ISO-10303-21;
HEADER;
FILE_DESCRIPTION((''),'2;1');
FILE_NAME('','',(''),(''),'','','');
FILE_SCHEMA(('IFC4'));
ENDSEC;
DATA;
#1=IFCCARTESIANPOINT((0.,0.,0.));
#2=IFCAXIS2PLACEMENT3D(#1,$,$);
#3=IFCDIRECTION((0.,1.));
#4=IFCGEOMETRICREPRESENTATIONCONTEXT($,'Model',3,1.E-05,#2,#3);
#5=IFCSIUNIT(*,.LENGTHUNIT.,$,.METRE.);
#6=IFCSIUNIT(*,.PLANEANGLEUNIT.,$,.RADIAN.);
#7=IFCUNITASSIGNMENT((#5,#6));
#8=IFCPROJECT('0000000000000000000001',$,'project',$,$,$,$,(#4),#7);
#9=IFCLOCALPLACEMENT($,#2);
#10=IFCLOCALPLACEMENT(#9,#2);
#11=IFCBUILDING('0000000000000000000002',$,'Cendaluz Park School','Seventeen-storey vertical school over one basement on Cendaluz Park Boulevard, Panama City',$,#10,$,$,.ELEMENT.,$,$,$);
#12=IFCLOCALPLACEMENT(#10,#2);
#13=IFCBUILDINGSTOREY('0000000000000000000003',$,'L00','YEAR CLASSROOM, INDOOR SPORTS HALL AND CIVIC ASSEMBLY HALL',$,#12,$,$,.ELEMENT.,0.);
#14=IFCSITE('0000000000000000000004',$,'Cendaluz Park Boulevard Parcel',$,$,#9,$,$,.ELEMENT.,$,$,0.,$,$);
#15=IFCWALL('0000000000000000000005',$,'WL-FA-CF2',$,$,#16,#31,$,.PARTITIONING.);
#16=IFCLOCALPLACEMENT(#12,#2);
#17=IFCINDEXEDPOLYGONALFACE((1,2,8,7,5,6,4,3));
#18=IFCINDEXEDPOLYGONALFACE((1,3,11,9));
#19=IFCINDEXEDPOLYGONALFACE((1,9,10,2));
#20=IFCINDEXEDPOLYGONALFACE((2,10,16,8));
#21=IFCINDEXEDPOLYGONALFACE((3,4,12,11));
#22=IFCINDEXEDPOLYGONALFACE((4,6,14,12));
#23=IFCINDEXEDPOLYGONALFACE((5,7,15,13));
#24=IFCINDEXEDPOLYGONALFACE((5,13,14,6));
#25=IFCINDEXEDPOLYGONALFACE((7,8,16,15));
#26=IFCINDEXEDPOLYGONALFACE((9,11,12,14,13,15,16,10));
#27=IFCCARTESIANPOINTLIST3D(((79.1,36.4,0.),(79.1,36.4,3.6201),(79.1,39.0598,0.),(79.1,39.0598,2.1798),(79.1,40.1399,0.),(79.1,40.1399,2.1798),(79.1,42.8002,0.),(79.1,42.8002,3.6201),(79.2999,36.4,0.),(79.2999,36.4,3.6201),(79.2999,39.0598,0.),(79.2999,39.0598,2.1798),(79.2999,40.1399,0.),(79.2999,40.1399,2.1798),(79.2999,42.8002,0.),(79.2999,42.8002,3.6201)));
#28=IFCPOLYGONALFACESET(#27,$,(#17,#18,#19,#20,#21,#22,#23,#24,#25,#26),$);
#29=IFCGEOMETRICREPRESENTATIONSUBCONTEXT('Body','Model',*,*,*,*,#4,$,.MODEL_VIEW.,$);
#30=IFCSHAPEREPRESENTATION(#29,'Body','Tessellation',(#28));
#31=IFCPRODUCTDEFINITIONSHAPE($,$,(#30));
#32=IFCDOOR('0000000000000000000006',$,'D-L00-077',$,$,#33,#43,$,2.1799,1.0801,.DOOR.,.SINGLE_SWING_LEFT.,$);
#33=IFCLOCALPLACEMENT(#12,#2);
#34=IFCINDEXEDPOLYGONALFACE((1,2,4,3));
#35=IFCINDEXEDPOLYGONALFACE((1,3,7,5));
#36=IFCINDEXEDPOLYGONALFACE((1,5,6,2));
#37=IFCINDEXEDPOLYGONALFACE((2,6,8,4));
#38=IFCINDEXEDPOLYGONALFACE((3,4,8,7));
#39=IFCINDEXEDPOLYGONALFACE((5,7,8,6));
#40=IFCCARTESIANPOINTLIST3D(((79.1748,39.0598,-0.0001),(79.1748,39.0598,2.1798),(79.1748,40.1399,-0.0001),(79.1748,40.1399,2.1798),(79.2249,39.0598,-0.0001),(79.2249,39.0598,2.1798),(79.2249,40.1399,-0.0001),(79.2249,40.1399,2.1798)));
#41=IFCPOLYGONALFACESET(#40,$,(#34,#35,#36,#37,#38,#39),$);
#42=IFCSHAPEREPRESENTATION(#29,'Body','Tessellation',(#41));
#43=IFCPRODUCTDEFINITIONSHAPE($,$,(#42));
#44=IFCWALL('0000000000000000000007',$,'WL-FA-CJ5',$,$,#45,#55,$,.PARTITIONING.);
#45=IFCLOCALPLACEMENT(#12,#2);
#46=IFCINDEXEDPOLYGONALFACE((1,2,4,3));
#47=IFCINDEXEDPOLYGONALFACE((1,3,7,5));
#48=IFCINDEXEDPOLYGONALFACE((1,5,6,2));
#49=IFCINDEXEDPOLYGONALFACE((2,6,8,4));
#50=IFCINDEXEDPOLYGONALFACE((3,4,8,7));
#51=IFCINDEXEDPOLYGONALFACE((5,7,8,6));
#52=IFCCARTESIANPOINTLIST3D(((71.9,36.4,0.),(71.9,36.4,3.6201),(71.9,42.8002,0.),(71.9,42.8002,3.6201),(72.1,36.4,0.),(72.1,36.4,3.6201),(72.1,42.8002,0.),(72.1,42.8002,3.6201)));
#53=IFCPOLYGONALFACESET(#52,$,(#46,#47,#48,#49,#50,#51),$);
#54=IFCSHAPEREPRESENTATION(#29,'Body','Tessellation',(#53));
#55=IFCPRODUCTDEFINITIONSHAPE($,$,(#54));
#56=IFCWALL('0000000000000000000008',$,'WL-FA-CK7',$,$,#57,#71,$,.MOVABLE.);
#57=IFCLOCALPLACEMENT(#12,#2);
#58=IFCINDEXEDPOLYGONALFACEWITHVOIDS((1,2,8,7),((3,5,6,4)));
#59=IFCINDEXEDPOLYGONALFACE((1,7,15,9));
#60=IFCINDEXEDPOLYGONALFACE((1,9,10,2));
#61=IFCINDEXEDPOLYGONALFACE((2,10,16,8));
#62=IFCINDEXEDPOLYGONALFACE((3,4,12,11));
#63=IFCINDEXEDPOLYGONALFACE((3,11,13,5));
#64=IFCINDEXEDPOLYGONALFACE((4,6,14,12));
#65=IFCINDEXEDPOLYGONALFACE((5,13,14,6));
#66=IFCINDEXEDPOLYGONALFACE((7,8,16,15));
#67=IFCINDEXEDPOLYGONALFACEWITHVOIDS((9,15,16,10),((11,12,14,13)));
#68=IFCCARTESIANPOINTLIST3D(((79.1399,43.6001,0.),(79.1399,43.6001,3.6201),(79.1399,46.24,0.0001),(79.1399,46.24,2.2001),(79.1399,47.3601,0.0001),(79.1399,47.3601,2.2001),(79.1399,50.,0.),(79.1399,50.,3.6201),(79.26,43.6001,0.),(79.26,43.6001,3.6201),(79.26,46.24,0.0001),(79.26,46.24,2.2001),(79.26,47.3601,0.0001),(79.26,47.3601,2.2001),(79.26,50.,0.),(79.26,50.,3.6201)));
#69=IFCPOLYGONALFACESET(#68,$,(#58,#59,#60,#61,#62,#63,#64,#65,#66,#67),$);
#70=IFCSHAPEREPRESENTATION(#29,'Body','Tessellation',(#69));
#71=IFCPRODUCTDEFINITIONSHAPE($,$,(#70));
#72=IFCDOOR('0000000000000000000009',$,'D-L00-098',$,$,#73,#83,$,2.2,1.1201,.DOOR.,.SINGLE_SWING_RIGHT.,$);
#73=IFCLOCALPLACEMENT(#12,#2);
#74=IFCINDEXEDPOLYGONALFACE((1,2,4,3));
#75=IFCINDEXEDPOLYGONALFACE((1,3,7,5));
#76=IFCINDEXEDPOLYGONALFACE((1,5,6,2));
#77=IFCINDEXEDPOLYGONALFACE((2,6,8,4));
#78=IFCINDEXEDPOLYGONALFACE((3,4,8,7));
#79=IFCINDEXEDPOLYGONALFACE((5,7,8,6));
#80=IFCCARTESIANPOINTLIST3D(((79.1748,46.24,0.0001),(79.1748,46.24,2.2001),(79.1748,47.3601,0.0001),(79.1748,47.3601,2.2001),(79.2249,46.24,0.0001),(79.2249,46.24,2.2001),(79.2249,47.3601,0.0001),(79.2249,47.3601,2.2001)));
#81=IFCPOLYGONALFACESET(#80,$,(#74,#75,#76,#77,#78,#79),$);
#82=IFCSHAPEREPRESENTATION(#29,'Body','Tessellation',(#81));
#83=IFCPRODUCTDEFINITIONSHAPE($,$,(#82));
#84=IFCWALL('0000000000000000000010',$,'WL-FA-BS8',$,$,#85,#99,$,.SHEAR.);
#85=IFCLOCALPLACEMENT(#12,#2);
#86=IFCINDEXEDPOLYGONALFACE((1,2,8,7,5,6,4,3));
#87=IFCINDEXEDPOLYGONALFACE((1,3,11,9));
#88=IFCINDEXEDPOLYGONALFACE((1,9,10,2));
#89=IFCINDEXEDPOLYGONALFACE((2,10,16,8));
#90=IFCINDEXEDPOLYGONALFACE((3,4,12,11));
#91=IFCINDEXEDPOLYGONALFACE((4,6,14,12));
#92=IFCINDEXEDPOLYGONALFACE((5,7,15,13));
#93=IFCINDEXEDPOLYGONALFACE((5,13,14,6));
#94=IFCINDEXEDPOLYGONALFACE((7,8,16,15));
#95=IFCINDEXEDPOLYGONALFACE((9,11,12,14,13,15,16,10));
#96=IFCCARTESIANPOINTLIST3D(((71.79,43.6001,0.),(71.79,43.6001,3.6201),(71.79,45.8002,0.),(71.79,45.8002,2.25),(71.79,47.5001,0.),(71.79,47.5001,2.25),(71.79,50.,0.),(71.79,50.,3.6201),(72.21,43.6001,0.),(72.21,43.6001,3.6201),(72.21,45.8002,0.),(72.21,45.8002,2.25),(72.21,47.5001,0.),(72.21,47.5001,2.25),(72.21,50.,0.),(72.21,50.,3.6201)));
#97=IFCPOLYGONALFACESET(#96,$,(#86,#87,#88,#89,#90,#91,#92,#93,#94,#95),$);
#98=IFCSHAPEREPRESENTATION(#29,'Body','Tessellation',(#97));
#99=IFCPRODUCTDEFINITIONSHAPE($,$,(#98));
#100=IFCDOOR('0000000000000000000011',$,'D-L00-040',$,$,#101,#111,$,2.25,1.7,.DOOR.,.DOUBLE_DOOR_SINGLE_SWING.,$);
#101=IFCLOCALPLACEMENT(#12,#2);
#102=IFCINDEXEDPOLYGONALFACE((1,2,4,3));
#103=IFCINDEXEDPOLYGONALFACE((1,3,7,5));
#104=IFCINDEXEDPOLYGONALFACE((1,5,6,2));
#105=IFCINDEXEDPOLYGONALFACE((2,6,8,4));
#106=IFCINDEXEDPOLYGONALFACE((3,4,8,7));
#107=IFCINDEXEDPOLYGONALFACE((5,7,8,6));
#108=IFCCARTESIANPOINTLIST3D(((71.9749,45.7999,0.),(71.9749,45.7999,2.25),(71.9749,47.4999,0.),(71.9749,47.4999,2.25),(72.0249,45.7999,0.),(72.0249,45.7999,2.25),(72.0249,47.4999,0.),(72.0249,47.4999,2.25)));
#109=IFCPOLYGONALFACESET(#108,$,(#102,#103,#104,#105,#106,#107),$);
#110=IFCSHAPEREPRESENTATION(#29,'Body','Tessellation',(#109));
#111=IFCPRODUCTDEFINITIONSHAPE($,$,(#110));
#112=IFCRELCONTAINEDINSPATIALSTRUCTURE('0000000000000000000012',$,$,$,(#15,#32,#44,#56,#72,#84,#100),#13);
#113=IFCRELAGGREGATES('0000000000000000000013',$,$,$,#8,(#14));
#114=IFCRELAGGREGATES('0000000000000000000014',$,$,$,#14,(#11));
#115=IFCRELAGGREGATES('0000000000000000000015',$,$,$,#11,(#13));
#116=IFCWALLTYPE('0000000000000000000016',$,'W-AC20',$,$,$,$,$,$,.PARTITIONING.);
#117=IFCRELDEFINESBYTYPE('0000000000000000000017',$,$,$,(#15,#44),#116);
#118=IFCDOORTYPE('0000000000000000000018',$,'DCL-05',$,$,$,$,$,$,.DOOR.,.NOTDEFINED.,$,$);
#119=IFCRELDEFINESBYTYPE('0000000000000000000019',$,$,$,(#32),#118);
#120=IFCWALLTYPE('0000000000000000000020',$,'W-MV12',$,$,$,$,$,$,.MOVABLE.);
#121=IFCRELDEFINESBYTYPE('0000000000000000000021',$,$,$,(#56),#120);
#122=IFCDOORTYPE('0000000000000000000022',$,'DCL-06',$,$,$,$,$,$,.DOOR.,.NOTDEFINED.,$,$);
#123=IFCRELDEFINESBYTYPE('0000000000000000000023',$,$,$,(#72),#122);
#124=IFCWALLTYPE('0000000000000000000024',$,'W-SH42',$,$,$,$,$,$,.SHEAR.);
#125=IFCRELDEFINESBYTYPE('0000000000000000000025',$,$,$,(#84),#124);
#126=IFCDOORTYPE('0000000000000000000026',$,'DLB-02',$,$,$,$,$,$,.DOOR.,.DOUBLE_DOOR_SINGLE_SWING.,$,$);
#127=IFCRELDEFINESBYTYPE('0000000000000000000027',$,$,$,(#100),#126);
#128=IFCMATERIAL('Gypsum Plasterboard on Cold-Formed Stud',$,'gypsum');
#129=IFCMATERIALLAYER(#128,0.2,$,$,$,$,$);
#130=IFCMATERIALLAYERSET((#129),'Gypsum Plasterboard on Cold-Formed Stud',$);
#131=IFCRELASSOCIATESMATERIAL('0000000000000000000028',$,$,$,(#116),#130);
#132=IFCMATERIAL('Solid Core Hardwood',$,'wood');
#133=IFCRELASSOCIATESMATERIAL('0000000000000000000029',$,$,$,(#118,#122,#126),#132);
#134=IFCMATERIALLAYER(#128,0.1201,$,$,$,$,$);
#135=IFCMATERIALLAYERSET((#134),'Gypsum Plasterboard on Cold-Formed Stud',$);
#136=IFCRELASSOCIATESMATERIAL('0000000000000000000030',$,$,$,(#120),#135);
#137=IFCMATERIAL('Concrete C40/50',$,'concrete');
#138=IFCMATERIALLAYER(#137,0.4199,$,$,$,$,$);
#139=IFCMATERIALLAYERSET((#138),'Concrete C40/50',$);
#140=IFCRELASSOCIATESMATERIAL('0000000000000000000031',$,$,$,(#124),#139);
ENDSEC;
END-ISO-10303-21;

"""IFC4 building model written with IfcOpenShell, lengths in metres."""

from ifc_helpers import new_model, si_unit, direction, frame, frame_2d, origin, place, context, subcontext, project, spatial, rectangle, extrude, material, layer, layer_set, type_object, element, fill, save


model = new_model("IFC4")

# Units and contexts
model_context = context("Model", 3, precision=1e-05, world=origin(), true_north=direction((0.0, 1.0)))
body_context = subcontext(model_context, "Body", "Model", "MODEL_VIEW")
ifc_project = project(units=[si_unit("LENGTHUNIT", "METRE"), si_unit("PLANEANGLEUNIT", "RADIAN")], contexts=[model_context])

# Site, building, storey
site_placement = place(None, origin())
site = spatial("IfcSite", under=ifc_project, at=site_placement, Name="Cendaluz Park Boulevard Parcel", CompositionType="ELEMENT", RefElevation=0.0)
building_placement = place(site_placement, origin())
building = spatial("IfcBuilding", under=site, at=building_placement, Name="Cendaluz Park School", Description="Seventeen-storey vertical school over one basement on Cendaluz Park Boulevard, Panama City", CompositionType="ELEMENT")
storey_placement = place(building_placement, origin())
storey = spatial("IfcBuildingStorey", under=building, at=storey_placement, Name="L00", Description="YEAR CLASSROOM, INDOOR SPORTS HALL AND CIVIC ASSEMBLY HALL", CompositionType="ELEMENT", Elevation=0.0)

# Shared definitions
ifc_material_1 = material(Name="Concrete C40/50", Category="concrete")

# Shared definitions
ifc_material_2 = material(Name="Gypsum Plasterboard on Cold-Formed Stud", Category="gypsum")
ifc_layer_1 = layer(ifc_material_2, 0.2)
ifc_layer_set_1 = layer_set([ifc_layer_1], Name="Gypsum Plasterboard on Cold-Formed Stud")
wall_type_1 = type_object("IfcWallType", Name="W-AC20", PredefinedType="PARTITIONING", material=ifc_layer_set_1)

# Wall, opening, door
wall_1_placement = place(storey_placement, frame((79.2, 36.3999, 0.0), z_axis=(0.0, 0.0, 1.0), x_axis=(0.0, 1.0, 0.0)))
wall_1 = element("IfcWall", 1, at=wall_1_placement, inside=storey, type_object=wall_type_1, Name="WL-FA-CF2", PredefinedType="PARTITIONING", context=body_context, shape_type="SweptSolid", body=[
    extrude(rectangle(XDim=6.4001, YDim=0.2, at=frame_2d((3.2002, 0.0))), origin(), (0.0, 0.0, 1.0), 3.6201),
])
opening_1_placement = place(wall_1_placement, frame((2.6599, 0.0, 0.0)))
opening_1 = element("IfcOpeningElement", 2, at=opening_1_placement, cuts=wall_1, PredefinedType="OPENING", context=body_context, shape_type="SweptSolid", body=[
    extrude(rectangle(XDim=1.0801, YDim=2.1799, at=frame_2d((0.54, 1.0898))), frame((0.0, 0.1121, 0.0), z_axis=(0.0, -1.0, 0.0), x_axis=(1.0, 0.0, 0.0)), (0.0, 0.0, 1.0), 0.2239),
])
ifc_material_3 = material(Name="Solid Core Hardwood", Category="wood")
door_type_1 = type_object("IfcDoorType", Name="DCL-05", OperationType="NOTDEFINED", PredefinedType="DOOR", material=ifc_material_3)
door_1_placement = place(opening_1_placement, frame((1.0801, 0.0, 0.0), z_axis=(0.0, 0.0, 1.0), x_axis=(-1.0, 0.0, 0.0)))
door_1 = element("IfcDoor", 3, at=door_1_placement, inside=storey, type_object=door_type_1, Name="D-L00-077", OperationType="SINGLE_SWING_LEFT", OverallHeight=2.1799, OverallWidth=1.0801, PredefinedType="DOOR", context=body_context, shape_type="SweptSolid", body=[
    extrude(rectangle(XDim=1.0801, YDim=2.1799, at=frame_2d((0.54, 1.0898))), frame((0.0, 0.0249, 0.0), z_axis=(0.0, -1.0, 0.0), x_axis=(1.0, 0.0, 0.0)), (0.0, 0.0, 1.0), 0.05),
])
fill(opening_1, door_1)

# Wall
wall_2_placement = place(storey_placement, frame((72.0, 36.3999, 0.0), z_axis=(0.0, 0.0, 1.0), x_axis=(0.0, 1.0, 0.0)))
element("IfcWall", 4, at=wall_2_placement, inside=storey, type_object=wall_type_1, Name="WL-FA-CJ5", PredefinedType="PARTITIONING", context=body_context, shape_type="SweptSolid", body=[
    extrude(rectangle(XDim=6.4001, YDim=0.2, at=frame_2d((3.2002, 0.0))), origin(), (0.0, 0.0, 1.0), 3.6201),
])

# Walls, openings, doors
ifc_layer_2 = layer(ifc_material_2, 0.1201)
ifc_layer_set_2 = layer_set([ifc_layer_2], Name="Gypsum Plasterboard on Cold-Formed Stud")
wall_type_2 = type_object("IfcWallType", Name="W-MV12", PredefinedType="MOVABLE", material=ifc_layer_set_2)
wall_3_placement = place(storey_placement, frame((79.2, 43.6001, 0.0), z_axis=(0.0, 0.0, 1.0), x_axis=(0.0, 1.0, 0.0)))
wall_3 = element("IfcWall", 5, at=wall_3_placement, inside=storey, type_object=wall_type_2, Name="WL-FA-CK7", PredefinedType="MOVABLE", context=body_context, shape_type="SweptSolid", body=[
    extrude(rectangle(XDim=6.3999, YDim=0.1201, at=frame_2d((3.2, 0.0))), origin(), (0.0, 0.0, 1.0), 3.6201),
])
opening_2_placement = place(wall_3_placement, frame((2.6399, 0.0, 0.0)))
opening_2 = element("IfcOpeningElement", 6, at=opening_2_placement, cuts=wall_3, PredefinedType="OPENING", context=body_context, shape_type="SweptSolid", body=[
    extrude(rectangle(XDim=1.1201, YDim=2.2, at=frame_2d((0.5601, 1.1001))), frame((0.0, 0.072, 0.0), z_axis=(0.0, -1.0, 0.0), x_axis=(1.0, 0.0, 0.0)), (0.0, 0.0, 1.0), 0.144),
])
door_type_2 = type_object("IfcDoorType", Name="DCL-06", OperationType="NOTDEFINED", PredefinedType="DOOR", material=ifc_material_3)
door_2_placement = place(opening_2_placement, frame((1.1201, 0.0, 0.0), z_axis=(0.0, 0.0, 1.0), x_axis=(-1.0, 0.0, 0.0)))
door_2 = element("IfcDoor", 7, at=door_2_placement, inside=storey, type_object=door_type_2, Name="D-L00-098", OperationType="SINGLE_SWING_RIGHT", OverallHeight=2.2, OverallWidth=1.1201, PredefinedType="DOOR", context=body_context, shape_type="SweptSolid", body=[
    extrude(rectangle(XDim=1.1201, YDim=2.2, at=frame_2d((0.5601, 1.1001))), frame((0.0, 0.0249, 0.0), z_axis=(0.0, -1.0, 0.0), x_axis=(1.0, 0.0, 0.0)), (0.0, 0.0, 1.0), 0.05),
])
fill(opening_2, door_2)
ifc_layer_3 = layer(ifc_material_1, 0.4199)
ifc_layer_set_3 = layer_set([ifc_layer_3], Name="Concrete C40/50")
wall_type_3 = type_object("IfcWallType", Name="W-SH42", PredefinedType="SHEAR", material=ifc_layer_set_3)
wall_4_placement = place(storey_placement, frame((72.0, 43.6001, 0.0), z_axis=(0.0, 0.0, 1.0), x_axis=(0.0, 1.0, 0.0)))
wall_4 = element("IfcWall", 8, at=wall_4_placement, inside=storey, type_object=wall_type_3, Name="WL-FA-BS8", PredefinedType="SHEAR", context=body_context, shape_type="SweptSolid", body=[
    extrude(rectangle(XDim=6.3999, YDim=0.4199, at=frame_2d((3.2, 0.0))), origin(), (0.0, 0.0, 1.0), 3.6201),
])
opening_3_placement = place(wall_4_placement, frame((2.2, 0.0, 0.0)))
opening_3 = element("IfcOpeningElement", 9, at=opening_3_placement, cuts=wall_4, PredefinedType="OPENING", context=body_context, shape_type="SweptSolid", body=[
    extrude(rectangle(XDim=1.7, YDim=2.25, at=frame_2d((0.8501, 1.125))), frame((0.0, 0.2219, 0.0), z_axis=(0.0, -1.0, 0.0), x_axis=(1.0, 0.0, 0.0)), (0.0, 0.0, 1.0), 0.4438),
])
door_type_3 = type_object("IfcDoorType", Name="DLB-02", OperationType="DOUBLE_DOOR_SINGLE_SWING", PredefinedType="DOOR", material=ifc_material_3)
door_3_placement = place(opening_3_placement, frame((1.7, 0.0, 0.0), z_axis=(0.0, 0.0, 1.0), x_axis=(-1.0, 0.0, 0.0)))
door_3 = element("IfcDoor", 10, at=door_3_placement, inside=storey, type_object=door_type_3, Name="D-L00-040", OperationType="DOUBLE_DOOR_SINGLE_SWING", OverallHeight=2.25, OverallWidth=1.7, PredefinedType="DOOR", context=body_context, shape_type="SweptSolid", body=[
    extrude(rectangle(XDim=1.7, YDim=2.25, at=frame_2d((0.8501, 1.125))), frame((0.0, 0.0249, 0.0), z_axis=(0.0, -1.0, 0.0), x_axis=(1.0, 0.0, 0.0)), (0.0, 0.0, 1.0), 0.05),
])
fill(opening_3, door_3)

save(model, "model.ifc")
